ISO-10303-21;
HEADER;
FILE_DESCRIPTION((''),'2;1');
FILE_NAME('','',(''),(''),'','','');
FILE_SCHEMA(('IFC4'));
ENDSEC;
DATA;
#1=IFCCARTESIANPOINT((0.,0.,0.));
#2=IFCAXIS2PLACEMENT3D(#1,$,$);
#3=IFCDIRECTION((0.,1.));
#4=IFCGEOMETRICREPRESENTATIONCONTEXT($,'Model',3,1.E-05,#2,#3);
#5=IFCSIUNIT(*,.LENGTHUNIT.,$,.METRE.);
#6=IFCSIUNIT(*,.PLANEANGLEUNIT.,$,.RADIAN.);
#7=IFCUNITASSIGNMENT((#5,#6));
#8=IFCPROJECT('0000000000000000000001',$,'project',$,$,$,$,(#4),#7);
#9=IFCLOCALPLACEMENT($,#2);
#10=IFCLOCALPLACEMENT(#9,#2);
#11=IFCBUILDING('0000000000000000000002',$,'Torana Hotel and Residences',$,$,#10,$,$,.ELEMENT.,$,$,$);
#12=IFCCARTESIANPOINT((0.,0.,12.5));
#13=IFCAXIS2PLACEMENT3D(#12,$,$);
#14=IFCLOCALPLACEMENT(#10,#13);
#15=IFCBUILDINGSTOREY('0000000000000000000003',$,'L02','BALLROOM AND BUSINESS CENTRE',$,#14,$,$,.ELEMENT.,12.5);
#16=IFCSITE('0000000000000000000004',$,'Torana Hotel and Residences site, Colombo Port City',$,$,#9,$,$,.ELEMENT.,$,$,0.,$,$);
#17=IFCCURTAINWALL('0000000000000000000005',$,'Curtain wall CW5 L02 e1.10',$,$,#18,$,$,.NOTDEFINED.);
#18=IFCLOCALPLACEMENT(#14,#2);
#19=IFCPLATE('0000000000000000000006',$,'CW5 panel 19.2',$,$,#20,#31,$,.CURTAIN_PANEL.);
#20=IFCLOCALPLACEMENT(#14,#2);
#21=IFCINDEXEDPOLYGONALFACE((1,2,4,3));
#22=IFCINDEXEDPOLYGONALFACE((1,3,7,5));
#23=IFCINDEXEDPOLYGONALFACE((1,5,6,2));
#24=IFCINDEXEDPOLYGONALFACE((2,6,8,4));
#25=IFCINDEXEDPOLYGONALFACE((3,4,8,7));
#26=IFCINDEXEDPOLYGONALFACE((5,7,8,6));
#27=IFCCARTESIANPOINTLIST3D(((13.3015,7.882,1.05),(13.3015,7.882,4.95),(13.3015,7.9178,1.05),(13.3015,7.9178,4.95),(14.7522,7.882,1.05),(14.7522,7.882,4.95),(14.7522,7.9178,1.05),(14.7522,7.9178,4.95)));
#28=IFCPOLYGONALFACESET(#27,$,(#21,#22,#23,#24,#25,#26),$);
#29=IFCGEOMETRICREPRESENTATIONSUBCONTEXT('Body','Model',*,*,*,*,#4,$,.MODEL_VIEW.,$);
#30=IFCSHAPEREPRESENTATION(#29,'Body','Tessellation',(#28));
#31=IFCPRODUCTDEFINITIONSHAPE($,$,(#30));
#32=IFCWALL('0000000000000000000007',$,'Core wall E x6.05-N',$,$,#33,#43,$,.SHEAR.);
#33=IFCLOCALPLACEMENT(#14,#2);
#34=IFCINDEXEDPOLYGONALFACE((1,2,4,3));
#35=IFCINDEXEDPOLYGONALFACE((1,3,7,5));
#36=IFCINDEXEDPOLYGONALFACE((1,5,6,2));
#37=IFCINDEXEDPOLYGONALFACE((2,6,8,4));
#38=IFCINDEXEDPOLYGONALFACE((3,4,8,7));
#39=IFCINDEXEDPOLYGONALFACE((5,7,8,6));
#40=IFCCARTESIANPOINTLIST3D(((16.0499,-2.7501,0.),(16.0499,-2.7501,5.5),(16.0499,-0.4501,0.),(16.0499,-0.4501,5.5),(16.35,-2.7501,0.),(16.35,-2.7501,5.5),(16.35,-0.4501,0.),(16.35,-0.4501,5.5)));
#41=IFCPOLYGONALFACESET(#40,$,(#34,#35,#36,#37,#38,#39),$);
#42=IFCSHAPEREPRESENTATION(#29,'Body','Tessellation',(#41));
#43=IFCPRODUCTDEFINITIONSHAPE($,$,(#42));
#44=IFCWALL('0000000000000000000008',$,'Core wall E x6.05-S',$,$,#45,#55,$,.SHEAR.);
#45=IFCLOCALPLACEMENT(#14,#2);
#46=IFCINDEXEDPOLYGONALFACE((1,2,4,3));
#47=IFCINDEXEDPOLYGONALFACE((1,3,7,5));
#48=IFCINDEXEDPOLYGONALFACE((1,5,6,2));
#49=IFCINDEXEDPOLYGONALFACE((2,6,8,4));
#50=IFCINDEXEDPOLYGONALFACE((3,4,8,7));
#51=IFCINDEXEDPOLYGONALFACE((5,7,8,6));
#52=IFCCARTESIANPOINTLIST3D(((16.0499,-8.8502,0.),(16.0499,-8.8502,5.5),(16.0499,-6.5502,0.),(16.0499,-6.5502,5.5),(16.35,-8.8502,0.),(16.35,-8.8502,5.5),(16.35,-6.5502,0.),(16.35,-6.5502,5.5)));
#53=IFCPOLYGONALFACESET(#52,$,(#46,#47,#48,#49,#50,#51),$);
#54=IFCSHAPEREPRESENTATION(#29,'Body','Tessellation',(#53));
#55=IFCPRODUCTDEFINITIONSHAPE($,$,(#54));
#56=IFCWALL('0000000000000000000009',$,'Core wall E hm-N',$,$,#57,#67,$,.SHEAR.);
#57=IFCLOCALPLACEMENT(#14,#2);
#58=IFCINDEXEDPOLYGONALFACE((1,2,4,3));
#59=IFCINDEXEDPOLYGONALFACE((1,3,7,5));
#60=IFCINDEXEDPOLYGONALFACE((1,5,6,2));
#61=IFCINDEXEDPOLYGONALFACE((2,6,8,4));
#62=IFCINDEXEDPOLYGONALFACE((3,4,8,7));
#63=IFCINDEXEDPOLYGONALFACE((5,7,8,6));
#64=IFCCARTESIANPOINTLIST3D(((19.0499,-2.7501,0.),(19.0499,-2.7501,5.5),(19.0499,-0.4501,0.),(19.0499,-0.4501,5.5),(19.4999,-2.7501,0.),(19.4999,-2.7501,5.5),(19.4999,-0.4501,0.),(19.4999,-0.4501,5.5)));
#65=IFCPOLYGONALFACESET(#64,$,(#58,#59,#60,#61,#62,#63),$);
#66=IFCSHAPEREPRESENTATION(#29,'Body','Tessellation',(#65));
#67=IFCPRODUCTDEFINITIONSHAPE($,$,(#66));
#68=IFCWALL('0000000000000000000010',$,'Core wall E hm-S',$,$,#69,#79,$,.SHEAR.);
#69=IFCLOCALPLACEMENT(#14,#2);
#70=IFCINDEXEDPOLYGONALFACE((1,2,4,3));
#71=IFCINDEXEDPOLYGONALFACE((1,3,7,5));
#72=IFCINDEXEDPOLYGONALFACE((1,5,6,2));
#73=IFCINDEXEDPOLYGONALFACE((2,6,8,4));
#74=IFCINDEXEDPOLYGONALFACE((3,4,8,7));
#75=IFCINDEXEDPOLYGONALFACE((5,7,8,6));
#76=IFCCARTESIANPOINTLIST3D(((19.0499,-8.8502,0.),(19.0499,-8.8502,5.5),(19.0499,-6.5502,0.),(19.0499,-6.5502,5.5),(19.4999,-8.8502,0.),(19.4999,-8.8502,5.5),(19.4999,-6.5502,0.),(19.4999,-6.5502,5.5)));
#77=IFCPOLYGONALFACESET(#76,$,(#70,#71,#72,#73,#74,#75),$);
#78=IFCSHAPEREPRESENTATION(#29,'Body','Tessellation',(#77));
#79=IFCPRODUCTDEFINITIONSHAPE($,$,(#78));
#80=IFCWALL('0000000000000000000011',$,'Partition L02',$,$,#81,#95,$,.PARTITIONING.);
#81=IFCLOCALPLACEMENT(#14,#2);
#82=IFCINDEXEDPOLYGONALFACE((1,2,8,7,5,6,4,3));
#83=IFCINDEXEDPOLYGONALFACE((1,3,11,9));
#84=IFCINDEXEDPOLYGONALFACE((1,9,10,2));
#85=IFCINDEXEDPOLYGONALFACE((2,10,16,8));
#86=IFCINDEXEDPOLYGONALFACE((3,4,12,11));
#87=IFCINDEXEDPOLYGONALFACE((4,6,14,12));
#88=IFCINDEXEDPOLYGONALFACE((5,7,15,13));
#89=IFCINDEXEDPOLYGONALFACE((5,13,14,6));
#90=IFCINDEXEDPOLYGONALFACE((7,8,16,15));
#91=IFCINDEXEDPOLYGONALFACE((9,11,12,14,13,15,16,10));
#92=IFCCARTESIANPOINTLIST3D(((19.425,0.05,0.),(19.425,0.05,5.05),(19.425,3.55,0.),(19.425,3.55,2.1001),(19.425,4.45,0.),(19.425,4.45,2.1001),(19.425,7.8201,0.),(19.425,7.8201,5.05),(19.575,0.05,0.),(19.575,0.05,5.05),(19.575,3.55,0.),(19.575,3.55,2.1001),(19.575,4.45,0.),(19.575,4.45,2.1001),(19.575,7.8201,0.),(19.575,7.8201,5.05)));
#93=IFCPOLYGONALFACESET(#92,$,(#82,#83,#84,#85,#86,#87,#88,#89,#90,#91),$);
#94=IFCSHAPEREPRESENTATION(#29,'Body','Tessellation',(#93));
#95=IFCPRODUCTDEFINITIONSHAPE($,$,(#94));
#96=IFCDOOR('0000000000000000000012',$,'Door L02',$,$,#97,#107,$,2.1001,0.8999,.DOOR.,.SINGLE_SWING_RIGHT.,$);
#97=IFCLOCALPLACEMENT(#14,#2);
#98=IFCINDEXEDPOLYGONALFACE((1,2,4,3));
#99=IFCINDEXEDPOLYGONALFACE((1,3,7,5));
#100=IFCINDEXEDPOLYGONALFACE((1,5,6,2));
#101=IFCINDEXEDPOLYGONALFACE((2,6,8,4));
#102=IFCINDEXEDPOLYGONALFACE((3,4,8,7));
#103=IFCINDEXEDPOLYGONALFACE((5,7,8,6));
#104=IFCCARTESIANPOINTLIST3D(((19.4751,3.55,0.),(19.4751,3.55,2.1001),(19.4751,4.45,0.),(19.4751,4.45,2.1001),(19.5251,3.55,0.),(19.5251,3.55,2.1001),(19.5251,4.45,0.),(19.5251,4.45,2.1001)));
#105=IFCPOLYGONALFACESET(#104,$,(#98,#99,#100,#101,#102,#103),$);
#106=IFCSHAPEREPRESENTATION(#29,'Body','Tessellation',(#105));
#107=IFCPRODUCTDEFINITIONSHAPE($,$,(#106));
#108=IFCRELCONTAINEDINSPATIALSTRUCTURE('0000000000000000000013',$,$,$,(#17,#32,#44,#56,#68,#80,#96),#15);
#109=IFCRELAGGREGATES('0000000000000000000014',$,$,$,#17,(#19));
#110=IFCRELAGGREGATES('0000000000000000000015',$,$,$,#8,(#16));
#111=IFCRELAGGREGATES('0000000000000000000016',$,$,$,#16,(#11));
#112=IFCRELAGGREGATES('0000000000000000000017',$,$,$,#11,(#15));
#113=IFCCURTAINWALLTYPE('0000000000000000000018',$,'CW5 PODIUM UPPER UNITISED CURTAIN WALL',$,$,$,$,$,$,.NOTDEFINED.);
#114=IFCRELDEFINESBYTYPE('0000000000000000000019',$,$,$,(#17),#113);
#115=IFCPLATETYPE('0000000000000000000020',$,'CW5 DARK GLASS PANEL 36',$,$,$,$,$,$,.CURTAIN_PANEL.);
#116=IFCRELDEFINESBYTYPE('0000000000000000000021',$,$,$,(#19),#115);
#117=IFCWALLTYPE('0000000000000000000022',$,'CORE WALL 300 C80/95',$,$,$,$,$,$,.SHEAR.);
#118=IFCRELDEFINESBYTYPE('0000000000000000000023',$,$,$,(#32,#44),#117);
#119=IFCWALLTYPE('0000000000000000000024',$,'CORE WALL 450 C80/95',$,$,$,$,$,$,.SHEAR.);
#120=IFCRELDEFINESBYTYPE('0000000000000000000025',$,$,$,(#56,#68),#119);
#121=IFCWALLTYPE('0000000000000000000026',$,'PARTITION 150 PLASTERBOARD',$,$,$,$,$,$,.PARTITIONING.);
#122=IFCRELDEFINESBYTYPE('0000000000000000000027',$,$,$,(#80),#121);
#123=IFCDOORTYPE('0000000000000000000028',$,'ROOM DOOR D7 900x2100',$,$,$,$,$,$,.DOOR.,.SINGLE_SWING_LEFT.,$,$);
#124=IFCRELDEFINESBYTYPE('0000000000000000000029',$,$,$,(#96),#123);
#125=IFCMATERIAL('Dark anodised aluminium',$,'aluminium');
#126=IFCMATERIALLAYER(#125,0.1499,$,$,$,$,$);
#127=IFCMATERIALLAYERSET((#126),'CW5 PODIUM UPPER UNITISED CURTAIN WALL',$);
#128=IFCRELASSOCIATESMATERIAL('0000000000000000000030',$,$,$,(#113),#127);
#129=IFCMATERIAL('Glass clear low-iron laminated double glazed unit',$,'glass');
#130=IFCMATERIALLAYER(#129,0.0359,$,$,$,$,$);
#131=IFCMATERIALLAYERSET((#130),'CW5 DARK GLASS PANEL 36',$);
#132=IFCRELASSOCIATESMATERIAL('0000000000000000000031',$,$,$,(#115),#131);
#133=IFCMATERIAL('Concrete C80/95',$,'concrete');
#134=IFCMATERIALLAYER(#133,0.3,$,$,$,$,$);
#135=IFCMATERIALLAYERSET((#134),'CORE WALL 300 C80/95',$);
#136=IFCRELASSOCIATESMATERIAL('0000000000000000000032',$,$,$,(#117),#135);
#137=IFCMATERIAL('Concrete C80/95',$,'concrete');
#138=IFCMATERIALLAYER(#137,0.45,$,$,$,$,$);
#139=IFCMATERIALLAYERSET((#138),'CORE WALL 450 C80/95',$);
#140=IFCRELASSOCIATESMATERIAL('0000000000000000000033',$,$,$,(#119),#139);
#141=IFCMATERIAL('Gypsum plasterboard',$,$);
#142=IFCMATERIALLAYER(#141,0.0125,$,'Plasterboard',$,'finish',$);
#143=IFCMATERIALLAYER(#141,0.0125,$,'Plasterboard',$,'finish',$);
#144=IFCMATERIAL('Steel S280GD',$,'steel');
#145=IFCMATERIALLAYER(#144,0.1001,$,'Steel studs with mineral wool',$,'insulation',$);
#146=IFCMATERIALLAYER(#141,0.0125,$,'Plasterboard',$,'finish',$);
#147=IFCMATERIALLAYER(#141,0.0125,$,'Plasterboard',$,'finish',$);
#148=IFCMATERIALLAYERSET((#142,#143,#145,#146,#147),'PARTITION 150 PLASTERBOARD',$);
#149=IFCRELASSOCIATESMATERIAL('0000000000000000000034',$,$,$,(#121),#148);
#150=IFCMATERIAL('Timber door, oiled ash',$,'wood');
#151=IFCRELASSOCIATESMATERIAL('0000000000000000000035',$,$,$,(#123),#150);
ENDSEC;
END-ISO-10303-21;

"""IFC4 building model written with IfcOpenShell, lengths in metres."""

from ifc_helpers import new_model, si_unit, direction, frame, frame_2d, origin, origin_2d, place, context, subcontext, project, spatial, rectangle, extrude, material, layer, layer_set, type_object, element, fill, aggregate, save


model = new_model("IFC4")

# Units and contexts
model_context = context("Model", 3, precision=1e-05, world=origin(), true_north=direction((0.0, 1.0)))
body_context = subcontext(model_context, "Body", "Model", "MODEL_VIEW")
ifc_project = project(units=[si_unit("LENGTHUNIT", "METRE"), si_unit("PLANEANGLEUNIT", "RADIAN")], contexts=[model_context])

# Site, building, storey
site_placement = place(None, origin())
site = spatial("IfcSite", under=ifc_project, at=site_placement, Name="Torana Hotel and Residences site, Colombo Port City", CompositionType="ELEMENT", RefElevation=0.0)
building_placement = place(site_placement, origin())
building = spatial("IfcBuilding", under=site, at=building_placement, Name="Torana Hotel and Residences", CompositionType="ELEMENT")
storey_placement = place(building_placement, frame((0.0, 0.0, 12.5)))
storey = spatial("IfcBuildingStorey", under=building, at=storey_placement, Name="L02", Description="BALLROOM AND BUSINESS CENTRE", CompositionType="ELEMENT", Elevation=12.5)

# Curtain wall, plate
ifc_material_1 = material(Name="Dark anodised aluminium", Category="aluminium")
ifc_layer_1 = layer(ifc_material_1, 0.1499)
ifc_layer_set_1 = layer_set([ifc_layer_1], Name="CW5 PODIUM UPPER UNITISED CURTAIN WALL")
curtain_wall_type = type_object("IfcCurtainWallType", Name="CW5 PODIUM UPPER UNITISED CURTAIN WALL", PredefinedType="NOTDEFINED", material=ifc_layer_set_1)
curtain_wall_placement = place(storey_placement, origin())
curtain_wall = element("IfcCurtainWall", 1, at=curtain_wall_placement, inside=storey, type_object=curtain_wall_type, Name="Curtain wall CW5 L02 e1.10", PredefinedType="NOTDEFINED")
ifc_material_2 = material(Name="Glass clear low-iron laminated double glazed unit", Category="glass")
ifc_layer_2 = layer(ifc_material_2, 0.0359)
ifc_layer_set_2 = layer_set([ifc_layer_2], Name="CW5 DARK GLASS PANEL 36")
plate_type = type_object("IfcPlateType", Name="CW5 DARK GLASS PANEL 36", PredefinedType="CURTAIN_PANEL", material=ifc_layer_set_2)
plate_1_placement = place(storey_placement, frame((14.0269, 7.8999, 1.05), z_axis=(0.0, 0.0, 1.0), x_axis=(-1.0, 0.0, 0.0)))
plate_1 = element("IfcPlate", 2, at=plate_1_placement, type_object=plate_type, Name="CW5 panel 19.2", PredefinedType="CURTAIN_PANEL", context=body_context, shape_type="SweptSolid", body=[
    extrude(rectangle(XDim=1.4507, YDim=0.0359, at=origin_2d()), origin(), (0.0, 0.0, 1.0), 3.8999),
])
aggregate(curtain_wall, [plate_1])

# Walls
ifc_material_3 = material(Name="Concrete C80/95", Category="concrete")
ifc_layer_3 = layer(ifc_material_3, 0.3)
ifc_layer_set_3 = layer_set([ifc_layer_3], Name="CORE WALL 300 C80/95")
wall_type_1 = type_object("IfcWallType", Name="CORE WALL 300 C80/95", PredefinedType="SHEAR", material=ifc_layer_set_3)
for number, where, z_axis, x_axis, name in (
    (3, (16.2, -2.75, 0.0), (0.0, 0.0, 1.0), (0.0, 1.0, 0.0), "Core wall E x6.05-N"),
    (4, (16.2, -8.8501, 0.0), (0.0, 0.0, 1.0), (0.0, 1.0, 0.0), "Core wall E x6.05-S"),
):
    element("IfcWall", number, at=place(storey_placement, frame(where, z_axis=z_axis, x_axis=x_axis)), inside=storey, type_object=wall_type_1, Name=name, PredefinedType="SHEAR", context=body_context, shape_type="SweptSolid", body=[
        extrude(rectangle(XDim=2.3, YDim=0.3, at=frame_2d((1.1499, 0.0))), origin(), (0.0, 0.0, 1.0), 5.5),
    ])
ifc_material_4 = material(Name="Concrete C80/95", Category="concrete")
ifc_layer_4 = layer(ifc_material_4, 0.45)
ifc_layer_set_4 = layer_set([ifc_layer_4], Name="CORE WALL 450 C80/95")
wall_type_2 = type_object("IfcWallType", Name="CORE WALL 450 C80/95", PredefinedType="SHEAR", material=ifc_layer_set_4)
for number, where, z_axis, x_axis, name in (
    (5, (19.2749, -2.75, 0.0), (0.0, 0.0, 1.0), (0.0, 1.0, 0.0), "Core wall E hm-N"),
    (6, (19.2749, -8.8501, 0.0), (0.0, 0.0, 1.0), (0.0, 1.0, 0.0), "Core wall E hm-S"),
):
    element("IfcWall", number, at=place(storey_placement, frame(where, z_axis=z_axis, x_axis=x_axis)), inside=storey, type_object=wall_type_2, Name=name, PredefinedType="SHEAR", context=body_context, shape_type="SweptSolid", body=[
        extrude(rectangle(XDim=2.3, YDim=0.45, at=frame_2d((1.1499, 0.0))), origin(), (0.0, 0.0, 1.0), 5.5),
    ])

# Wall, opening, door
ifc_material_5 = material(Name="Gypsum plasterboard")
ifc_layer_5 = layer(ifc_material_5, 0.0125, Name="Plasterboard", Category="finish")
ifc_layer_6 = layer(ifc_material_5, 0.0125, Name="Plasterboard", Category="finish")
ifc_material_6 = material(Name="Steel S280GD", Category="steel")
ifc_layer_7 = layer(ifc_material_6, 0.1001, Name="Steel studs with mineral wool", Category="insulation")
ifc_layer_8 = layer(ifc_material_5, 0.0125, Name="Plasterboard", Category="finish")
ifc_layer_9 = layer(ifc_material_5, 0.0125, Name="Plasterboard", Category="finish")
ifc_layer_set_5 = layer_set([ifc_layer_5, ifc_layer_6, ifc_layer_7, ifc_layer_8, ifc_layer_9], Name="PARTITION 150 PLASTERBOARD")
wall_type_3 = type_object("IfcWallType", Name="PARTITION 150 PLASTERBOARD", PredefinedType="PARTITIONING", material=ifc_layer_set_5)
wall_placement = place(storey_placement, frame((19.5, 0.05, 0.0), z_axis=(0.0, 0.0, 1.0), x_axis=(0.0, 1.0, 0.0)))
wall = element("IfcWall", 7, at=wall_placement, inside=storey, type_object=wall_type_3, Name="Partition L02", PredefinedType="PARTITIONING", context=body_context, shape_type="SweptSolid", body=[
    extrude(rectangle(XDim=7.77, YDim=0.1499, at=frame_2d((3.885, 0.0))), origin(), (0.0, 0.0, 1.0), 5.05),
])
opening_placement = place(wall_placement, frame((3.5, 0.0, 0.0)))
opening = element("IfcOpeningElement", 8, at=opening_placement, cuts=wall, PredefinedType="OPENING", context=body_context, shape_type="SweptSolid", body=[
    extrude(rectangle(XDim=0.8999, YDim=2.1001, at=frame_2d((0.45, 1.05))), frame((0.0, 0.085, 0.0), z_axis=(0.0, -1.0, 0.0), x_axis=(1.0, 0.0, 0.0)), (0.0, 0.0, 1.0), 0.1699),
])
ifc_material_7 = material(Name="Timber door, oiled ash", Category="wood")
door_type = type_object("IfcDoorType", Name="ROOM DOOR D7 900x2100", OperationType="SINGLE_SWING_LEFT", PredefinedType="DOOR", material=ifc_material_7)
door_placement = place(opening_placement, origin())
door = element("IfcDoor", 9, at=door_placement, inside=storey, type_object=door_type, Name="Door L02", OperationType="SINGLE_SWING_RIGHT", OverallHeight=2.1001, OverallWidth=0.8999, PredefinedType="DOOR", context=body_context, shape_type="SweptSolid", body=[
    extrude(rectangle(XDim=0.8999, YDim=2.1001, at=frame_2d((0.45, 1.05))), frame((0.0, 0.0249, 0.0), z_axis=(0.0, -1.0, 0.0), x_axis=(1.0, 0.0, 0.0)), (0.0, 0.0, 1.0), 0.05),
])
fill(opening, door)

save(model, "model.ifc")
